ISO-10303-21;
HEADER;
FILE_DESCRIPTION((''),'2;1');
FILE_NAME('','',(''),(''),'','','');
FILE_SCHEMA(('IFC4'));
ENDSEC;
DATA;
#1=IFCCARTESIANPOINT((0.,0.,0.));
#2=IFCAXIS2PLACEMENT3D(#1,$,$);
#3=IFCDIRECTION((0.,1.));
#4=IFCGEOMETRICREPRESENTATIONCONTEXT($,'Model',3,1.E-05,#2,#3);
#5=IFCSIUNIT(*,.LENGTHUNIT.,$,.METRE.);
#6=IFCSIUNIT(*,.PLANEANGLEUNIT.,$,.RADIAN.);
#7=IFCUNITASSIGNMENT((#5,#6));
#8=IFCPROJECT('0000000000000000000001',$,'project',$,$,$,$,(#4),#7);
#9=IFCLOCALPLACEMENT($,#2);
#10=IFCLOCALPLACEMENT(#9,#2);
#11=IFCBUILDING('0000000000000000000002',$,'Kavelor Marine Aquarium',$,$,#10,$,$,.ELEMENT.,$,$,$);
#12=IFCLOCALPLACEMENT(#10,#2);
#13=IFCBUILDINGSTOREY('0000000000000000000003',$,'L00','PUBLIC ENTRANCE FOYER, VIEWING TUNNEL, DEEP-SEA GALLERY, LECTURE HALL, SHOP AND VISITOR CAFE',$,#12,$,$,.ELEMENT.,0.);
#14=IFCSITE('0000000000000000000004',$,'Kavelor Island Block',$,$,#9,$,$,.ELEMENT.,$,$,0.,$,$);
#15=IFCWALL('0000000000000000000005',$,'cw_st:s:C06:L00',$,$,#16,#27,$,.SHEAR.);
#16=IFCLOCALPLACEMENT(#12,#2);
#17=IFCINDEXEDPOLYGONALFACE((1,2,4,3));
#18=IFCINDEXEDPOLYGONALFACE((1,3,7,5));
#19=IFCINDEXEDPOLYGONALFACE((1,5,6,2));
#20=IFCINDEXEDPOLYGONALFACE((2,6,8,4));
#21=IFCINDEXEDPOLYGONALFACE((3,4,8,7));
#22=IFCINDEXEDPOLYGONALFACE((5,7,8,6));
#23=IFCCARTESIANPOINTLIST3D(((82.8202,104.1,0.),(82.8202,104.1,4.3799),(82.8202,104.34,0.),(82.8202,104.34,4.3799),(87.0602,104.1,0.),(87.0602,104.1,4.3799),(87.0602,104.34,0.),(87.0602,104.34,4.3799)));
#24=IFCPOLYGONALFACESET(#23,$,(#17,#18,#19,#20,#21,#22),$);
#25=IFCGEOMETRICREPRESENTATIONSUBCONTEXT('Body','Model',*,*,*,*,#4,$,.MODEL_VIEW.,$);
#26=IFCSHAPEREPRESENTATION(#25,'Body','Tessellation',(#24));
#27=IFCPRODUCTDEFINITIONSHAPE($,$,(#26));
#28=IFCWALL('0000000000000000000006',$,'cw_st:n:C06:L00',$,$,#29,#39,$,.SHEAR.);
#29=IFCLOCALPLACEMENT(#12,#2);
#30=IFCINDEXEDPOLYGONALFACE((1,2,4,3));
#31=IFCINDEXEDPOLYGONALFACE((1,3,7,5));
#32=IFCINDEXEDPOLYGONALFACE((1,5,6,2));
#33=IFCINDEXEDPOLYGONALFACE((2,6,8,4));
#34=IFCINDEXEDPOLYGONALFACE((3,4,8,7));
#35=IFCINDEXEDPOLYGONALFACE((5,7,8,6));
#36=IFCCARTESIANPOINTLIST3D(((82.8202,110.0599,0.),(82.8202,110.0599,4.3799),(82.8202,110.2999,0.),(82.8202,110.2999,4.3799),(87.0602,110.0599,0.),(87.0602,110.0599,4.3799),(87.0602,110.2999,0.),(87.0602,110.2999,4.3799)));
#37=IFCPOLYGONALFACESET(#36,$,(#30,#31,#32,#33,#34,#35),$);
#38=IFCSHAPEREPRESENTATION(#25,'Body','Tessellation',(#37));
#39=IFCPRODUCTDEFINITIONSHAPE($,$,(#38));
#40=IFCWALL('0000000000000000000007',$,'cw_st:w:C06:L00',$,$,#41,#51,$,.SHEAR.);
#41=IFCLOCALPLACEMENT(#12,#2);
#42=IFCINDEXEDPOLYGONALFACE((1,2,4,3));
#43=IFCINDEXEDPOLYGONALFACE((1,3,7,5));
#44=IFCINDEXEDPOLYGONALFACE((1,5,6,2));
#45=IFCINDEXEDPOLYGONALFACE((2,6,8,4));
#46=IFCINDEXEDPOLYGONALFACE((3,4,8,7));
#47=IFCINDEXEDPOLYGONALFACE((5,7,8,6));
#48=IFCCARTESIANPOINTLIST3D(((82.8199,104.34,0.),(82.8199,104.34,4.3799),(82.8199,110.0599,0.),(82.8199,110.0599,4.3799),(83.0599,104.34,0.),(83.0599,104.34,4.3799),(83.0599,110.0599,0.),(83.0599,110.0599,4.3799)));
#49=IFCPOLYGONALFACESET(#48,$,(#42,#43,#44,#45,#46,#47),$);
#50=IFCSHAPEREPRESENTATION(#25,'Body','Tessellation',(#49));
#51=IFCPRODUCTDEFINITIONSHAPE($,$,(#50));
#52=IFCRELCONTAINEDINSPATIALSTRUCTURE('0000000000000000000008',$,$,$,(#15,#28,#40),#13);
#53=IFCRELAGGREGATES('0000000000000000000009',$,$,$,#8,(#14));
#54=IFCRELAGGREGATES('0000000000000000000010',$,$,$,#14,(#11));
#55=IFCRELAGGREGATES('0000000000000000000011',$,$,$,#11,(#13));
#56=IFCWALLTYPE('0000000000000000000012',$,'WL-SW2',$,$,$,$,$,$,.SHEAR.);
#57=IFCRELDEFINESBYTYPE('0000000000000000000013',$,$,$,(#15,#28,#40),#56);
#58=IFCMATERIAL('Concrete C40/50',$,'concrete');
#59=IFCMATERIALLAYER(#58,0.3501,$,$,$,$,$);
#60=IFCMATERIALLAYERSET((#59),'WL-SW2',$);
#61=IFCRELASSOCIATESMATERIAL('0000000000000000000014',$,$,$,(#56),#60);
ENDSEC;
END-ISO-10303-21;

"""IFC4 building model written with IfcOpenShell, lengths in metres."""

from ifc_helpers import new_model, si_unit, direction, frame, frame_2d, origin, place, context, subcontext, project, spatial, rectangle, extrude, material, layer, layer_set, type_object, element, save


model = new_model("IFC4")

# Units and contexts
model_context = context("Model", 3, precision=1e-05, world=origin(), true_north=direction((0.0, 1.0)))
body_context = subcontext(model_context, "Body", "Model", "MODEL_VIEW")
ifc_project = project(units=[si_unit("LENGTHUNIT", "METRE"), si_unit("PLANEANGLEUNIT", "RADIAN")], contexts=[model_context])

# Site, building, storey
site_placement = place(None, origin())
site = spatial("IfcSite", under=ifc_project, at=site_placement, Name="Kavelor Island Block", CompositionType="ELEMENT", RefElevation=0.0)
building_placement = place(site_placement, origin())
building = spatial("IfcBuilding", under=site, at=building_placement, Name="Kavelor Marine Aquarium", CompositionType="ELEMENT")
storey_placement = place(building_placement, origin())
storey = spatial("IfcBuildingStorey", under=building, at=storey_placement, Name="L00", Description="PUBLIC ENTRANCE FOYER, VIEWING TUNNEL, DEEP-SEA GALLERY, LECTURE HALL, SHOP AND VISITOR CAFE", CompositionType="ELEMENT", Elevation=0.0)

# Walls
ifc_material_1 = material(Name="Concrete C40/50", Category="concrete")
ifc_layer_1 = layer(ifc_material_1, 0.3501)
ifc_layer_set_1 = layer_set([ifc_layer_1], Name="WL-SW2")
wall_type_1 = type_object("IfcWallType", Name="WL-SW2", PredefinedType="SHEAR", material=ifc_layer_set_1)
for number, where, z_axis, x_axis, name in (
    (1, (82.8201, 104.22, 0.0), (0.0, 0.0, 1.0), (1.0, 0.0, 0.0), "cw_st:s:C06:L00"),
    (2, (82.8201, 110.1799, 0.0), (0.0, 0.0, 1.0), (1.0, 0.0, 0.0), "cw_st:n:C06:L00"),
):
    element("IfcWall", number, at=place(storey_placement, frame(where, z_axis=z_axis, x_axis=x_axis)), inside=storey, type_object=wall_type_1, Name=name, PredefinedType="SHEAR", context=body_context, shape_type="SweptSolid", body=[
        extrude(rectangle(XDim=4.24, YDim=0.24, at=frame_2d((2.1201, 0.0))), origin(), (0.0, 0.0, 1.0), 4.3799),
    ])
wall_1_placement = place(storey_placement, frame((82.9399, 104.3401, 0.0), z_axis=(0.0, 0.0, 1.0), x_axis=(0.0, 1.0, 0.0)))
element("IfcWall", 3, at=wall_1_placement, inside=storey, type_object=wall_type_1, Name="cw_st:w:C06:L00", PredefinedType="SHEAR", context=body_context, shape_type="SweptSolid", body=[
    extrude(rectangle(XDim=5.72, YDim=0.24, at=frame_2d((2.8599, 0.0))), origin(), (0.0, 0.0, 1.0), 4.3799),
])

save(model, "model.ifc")
